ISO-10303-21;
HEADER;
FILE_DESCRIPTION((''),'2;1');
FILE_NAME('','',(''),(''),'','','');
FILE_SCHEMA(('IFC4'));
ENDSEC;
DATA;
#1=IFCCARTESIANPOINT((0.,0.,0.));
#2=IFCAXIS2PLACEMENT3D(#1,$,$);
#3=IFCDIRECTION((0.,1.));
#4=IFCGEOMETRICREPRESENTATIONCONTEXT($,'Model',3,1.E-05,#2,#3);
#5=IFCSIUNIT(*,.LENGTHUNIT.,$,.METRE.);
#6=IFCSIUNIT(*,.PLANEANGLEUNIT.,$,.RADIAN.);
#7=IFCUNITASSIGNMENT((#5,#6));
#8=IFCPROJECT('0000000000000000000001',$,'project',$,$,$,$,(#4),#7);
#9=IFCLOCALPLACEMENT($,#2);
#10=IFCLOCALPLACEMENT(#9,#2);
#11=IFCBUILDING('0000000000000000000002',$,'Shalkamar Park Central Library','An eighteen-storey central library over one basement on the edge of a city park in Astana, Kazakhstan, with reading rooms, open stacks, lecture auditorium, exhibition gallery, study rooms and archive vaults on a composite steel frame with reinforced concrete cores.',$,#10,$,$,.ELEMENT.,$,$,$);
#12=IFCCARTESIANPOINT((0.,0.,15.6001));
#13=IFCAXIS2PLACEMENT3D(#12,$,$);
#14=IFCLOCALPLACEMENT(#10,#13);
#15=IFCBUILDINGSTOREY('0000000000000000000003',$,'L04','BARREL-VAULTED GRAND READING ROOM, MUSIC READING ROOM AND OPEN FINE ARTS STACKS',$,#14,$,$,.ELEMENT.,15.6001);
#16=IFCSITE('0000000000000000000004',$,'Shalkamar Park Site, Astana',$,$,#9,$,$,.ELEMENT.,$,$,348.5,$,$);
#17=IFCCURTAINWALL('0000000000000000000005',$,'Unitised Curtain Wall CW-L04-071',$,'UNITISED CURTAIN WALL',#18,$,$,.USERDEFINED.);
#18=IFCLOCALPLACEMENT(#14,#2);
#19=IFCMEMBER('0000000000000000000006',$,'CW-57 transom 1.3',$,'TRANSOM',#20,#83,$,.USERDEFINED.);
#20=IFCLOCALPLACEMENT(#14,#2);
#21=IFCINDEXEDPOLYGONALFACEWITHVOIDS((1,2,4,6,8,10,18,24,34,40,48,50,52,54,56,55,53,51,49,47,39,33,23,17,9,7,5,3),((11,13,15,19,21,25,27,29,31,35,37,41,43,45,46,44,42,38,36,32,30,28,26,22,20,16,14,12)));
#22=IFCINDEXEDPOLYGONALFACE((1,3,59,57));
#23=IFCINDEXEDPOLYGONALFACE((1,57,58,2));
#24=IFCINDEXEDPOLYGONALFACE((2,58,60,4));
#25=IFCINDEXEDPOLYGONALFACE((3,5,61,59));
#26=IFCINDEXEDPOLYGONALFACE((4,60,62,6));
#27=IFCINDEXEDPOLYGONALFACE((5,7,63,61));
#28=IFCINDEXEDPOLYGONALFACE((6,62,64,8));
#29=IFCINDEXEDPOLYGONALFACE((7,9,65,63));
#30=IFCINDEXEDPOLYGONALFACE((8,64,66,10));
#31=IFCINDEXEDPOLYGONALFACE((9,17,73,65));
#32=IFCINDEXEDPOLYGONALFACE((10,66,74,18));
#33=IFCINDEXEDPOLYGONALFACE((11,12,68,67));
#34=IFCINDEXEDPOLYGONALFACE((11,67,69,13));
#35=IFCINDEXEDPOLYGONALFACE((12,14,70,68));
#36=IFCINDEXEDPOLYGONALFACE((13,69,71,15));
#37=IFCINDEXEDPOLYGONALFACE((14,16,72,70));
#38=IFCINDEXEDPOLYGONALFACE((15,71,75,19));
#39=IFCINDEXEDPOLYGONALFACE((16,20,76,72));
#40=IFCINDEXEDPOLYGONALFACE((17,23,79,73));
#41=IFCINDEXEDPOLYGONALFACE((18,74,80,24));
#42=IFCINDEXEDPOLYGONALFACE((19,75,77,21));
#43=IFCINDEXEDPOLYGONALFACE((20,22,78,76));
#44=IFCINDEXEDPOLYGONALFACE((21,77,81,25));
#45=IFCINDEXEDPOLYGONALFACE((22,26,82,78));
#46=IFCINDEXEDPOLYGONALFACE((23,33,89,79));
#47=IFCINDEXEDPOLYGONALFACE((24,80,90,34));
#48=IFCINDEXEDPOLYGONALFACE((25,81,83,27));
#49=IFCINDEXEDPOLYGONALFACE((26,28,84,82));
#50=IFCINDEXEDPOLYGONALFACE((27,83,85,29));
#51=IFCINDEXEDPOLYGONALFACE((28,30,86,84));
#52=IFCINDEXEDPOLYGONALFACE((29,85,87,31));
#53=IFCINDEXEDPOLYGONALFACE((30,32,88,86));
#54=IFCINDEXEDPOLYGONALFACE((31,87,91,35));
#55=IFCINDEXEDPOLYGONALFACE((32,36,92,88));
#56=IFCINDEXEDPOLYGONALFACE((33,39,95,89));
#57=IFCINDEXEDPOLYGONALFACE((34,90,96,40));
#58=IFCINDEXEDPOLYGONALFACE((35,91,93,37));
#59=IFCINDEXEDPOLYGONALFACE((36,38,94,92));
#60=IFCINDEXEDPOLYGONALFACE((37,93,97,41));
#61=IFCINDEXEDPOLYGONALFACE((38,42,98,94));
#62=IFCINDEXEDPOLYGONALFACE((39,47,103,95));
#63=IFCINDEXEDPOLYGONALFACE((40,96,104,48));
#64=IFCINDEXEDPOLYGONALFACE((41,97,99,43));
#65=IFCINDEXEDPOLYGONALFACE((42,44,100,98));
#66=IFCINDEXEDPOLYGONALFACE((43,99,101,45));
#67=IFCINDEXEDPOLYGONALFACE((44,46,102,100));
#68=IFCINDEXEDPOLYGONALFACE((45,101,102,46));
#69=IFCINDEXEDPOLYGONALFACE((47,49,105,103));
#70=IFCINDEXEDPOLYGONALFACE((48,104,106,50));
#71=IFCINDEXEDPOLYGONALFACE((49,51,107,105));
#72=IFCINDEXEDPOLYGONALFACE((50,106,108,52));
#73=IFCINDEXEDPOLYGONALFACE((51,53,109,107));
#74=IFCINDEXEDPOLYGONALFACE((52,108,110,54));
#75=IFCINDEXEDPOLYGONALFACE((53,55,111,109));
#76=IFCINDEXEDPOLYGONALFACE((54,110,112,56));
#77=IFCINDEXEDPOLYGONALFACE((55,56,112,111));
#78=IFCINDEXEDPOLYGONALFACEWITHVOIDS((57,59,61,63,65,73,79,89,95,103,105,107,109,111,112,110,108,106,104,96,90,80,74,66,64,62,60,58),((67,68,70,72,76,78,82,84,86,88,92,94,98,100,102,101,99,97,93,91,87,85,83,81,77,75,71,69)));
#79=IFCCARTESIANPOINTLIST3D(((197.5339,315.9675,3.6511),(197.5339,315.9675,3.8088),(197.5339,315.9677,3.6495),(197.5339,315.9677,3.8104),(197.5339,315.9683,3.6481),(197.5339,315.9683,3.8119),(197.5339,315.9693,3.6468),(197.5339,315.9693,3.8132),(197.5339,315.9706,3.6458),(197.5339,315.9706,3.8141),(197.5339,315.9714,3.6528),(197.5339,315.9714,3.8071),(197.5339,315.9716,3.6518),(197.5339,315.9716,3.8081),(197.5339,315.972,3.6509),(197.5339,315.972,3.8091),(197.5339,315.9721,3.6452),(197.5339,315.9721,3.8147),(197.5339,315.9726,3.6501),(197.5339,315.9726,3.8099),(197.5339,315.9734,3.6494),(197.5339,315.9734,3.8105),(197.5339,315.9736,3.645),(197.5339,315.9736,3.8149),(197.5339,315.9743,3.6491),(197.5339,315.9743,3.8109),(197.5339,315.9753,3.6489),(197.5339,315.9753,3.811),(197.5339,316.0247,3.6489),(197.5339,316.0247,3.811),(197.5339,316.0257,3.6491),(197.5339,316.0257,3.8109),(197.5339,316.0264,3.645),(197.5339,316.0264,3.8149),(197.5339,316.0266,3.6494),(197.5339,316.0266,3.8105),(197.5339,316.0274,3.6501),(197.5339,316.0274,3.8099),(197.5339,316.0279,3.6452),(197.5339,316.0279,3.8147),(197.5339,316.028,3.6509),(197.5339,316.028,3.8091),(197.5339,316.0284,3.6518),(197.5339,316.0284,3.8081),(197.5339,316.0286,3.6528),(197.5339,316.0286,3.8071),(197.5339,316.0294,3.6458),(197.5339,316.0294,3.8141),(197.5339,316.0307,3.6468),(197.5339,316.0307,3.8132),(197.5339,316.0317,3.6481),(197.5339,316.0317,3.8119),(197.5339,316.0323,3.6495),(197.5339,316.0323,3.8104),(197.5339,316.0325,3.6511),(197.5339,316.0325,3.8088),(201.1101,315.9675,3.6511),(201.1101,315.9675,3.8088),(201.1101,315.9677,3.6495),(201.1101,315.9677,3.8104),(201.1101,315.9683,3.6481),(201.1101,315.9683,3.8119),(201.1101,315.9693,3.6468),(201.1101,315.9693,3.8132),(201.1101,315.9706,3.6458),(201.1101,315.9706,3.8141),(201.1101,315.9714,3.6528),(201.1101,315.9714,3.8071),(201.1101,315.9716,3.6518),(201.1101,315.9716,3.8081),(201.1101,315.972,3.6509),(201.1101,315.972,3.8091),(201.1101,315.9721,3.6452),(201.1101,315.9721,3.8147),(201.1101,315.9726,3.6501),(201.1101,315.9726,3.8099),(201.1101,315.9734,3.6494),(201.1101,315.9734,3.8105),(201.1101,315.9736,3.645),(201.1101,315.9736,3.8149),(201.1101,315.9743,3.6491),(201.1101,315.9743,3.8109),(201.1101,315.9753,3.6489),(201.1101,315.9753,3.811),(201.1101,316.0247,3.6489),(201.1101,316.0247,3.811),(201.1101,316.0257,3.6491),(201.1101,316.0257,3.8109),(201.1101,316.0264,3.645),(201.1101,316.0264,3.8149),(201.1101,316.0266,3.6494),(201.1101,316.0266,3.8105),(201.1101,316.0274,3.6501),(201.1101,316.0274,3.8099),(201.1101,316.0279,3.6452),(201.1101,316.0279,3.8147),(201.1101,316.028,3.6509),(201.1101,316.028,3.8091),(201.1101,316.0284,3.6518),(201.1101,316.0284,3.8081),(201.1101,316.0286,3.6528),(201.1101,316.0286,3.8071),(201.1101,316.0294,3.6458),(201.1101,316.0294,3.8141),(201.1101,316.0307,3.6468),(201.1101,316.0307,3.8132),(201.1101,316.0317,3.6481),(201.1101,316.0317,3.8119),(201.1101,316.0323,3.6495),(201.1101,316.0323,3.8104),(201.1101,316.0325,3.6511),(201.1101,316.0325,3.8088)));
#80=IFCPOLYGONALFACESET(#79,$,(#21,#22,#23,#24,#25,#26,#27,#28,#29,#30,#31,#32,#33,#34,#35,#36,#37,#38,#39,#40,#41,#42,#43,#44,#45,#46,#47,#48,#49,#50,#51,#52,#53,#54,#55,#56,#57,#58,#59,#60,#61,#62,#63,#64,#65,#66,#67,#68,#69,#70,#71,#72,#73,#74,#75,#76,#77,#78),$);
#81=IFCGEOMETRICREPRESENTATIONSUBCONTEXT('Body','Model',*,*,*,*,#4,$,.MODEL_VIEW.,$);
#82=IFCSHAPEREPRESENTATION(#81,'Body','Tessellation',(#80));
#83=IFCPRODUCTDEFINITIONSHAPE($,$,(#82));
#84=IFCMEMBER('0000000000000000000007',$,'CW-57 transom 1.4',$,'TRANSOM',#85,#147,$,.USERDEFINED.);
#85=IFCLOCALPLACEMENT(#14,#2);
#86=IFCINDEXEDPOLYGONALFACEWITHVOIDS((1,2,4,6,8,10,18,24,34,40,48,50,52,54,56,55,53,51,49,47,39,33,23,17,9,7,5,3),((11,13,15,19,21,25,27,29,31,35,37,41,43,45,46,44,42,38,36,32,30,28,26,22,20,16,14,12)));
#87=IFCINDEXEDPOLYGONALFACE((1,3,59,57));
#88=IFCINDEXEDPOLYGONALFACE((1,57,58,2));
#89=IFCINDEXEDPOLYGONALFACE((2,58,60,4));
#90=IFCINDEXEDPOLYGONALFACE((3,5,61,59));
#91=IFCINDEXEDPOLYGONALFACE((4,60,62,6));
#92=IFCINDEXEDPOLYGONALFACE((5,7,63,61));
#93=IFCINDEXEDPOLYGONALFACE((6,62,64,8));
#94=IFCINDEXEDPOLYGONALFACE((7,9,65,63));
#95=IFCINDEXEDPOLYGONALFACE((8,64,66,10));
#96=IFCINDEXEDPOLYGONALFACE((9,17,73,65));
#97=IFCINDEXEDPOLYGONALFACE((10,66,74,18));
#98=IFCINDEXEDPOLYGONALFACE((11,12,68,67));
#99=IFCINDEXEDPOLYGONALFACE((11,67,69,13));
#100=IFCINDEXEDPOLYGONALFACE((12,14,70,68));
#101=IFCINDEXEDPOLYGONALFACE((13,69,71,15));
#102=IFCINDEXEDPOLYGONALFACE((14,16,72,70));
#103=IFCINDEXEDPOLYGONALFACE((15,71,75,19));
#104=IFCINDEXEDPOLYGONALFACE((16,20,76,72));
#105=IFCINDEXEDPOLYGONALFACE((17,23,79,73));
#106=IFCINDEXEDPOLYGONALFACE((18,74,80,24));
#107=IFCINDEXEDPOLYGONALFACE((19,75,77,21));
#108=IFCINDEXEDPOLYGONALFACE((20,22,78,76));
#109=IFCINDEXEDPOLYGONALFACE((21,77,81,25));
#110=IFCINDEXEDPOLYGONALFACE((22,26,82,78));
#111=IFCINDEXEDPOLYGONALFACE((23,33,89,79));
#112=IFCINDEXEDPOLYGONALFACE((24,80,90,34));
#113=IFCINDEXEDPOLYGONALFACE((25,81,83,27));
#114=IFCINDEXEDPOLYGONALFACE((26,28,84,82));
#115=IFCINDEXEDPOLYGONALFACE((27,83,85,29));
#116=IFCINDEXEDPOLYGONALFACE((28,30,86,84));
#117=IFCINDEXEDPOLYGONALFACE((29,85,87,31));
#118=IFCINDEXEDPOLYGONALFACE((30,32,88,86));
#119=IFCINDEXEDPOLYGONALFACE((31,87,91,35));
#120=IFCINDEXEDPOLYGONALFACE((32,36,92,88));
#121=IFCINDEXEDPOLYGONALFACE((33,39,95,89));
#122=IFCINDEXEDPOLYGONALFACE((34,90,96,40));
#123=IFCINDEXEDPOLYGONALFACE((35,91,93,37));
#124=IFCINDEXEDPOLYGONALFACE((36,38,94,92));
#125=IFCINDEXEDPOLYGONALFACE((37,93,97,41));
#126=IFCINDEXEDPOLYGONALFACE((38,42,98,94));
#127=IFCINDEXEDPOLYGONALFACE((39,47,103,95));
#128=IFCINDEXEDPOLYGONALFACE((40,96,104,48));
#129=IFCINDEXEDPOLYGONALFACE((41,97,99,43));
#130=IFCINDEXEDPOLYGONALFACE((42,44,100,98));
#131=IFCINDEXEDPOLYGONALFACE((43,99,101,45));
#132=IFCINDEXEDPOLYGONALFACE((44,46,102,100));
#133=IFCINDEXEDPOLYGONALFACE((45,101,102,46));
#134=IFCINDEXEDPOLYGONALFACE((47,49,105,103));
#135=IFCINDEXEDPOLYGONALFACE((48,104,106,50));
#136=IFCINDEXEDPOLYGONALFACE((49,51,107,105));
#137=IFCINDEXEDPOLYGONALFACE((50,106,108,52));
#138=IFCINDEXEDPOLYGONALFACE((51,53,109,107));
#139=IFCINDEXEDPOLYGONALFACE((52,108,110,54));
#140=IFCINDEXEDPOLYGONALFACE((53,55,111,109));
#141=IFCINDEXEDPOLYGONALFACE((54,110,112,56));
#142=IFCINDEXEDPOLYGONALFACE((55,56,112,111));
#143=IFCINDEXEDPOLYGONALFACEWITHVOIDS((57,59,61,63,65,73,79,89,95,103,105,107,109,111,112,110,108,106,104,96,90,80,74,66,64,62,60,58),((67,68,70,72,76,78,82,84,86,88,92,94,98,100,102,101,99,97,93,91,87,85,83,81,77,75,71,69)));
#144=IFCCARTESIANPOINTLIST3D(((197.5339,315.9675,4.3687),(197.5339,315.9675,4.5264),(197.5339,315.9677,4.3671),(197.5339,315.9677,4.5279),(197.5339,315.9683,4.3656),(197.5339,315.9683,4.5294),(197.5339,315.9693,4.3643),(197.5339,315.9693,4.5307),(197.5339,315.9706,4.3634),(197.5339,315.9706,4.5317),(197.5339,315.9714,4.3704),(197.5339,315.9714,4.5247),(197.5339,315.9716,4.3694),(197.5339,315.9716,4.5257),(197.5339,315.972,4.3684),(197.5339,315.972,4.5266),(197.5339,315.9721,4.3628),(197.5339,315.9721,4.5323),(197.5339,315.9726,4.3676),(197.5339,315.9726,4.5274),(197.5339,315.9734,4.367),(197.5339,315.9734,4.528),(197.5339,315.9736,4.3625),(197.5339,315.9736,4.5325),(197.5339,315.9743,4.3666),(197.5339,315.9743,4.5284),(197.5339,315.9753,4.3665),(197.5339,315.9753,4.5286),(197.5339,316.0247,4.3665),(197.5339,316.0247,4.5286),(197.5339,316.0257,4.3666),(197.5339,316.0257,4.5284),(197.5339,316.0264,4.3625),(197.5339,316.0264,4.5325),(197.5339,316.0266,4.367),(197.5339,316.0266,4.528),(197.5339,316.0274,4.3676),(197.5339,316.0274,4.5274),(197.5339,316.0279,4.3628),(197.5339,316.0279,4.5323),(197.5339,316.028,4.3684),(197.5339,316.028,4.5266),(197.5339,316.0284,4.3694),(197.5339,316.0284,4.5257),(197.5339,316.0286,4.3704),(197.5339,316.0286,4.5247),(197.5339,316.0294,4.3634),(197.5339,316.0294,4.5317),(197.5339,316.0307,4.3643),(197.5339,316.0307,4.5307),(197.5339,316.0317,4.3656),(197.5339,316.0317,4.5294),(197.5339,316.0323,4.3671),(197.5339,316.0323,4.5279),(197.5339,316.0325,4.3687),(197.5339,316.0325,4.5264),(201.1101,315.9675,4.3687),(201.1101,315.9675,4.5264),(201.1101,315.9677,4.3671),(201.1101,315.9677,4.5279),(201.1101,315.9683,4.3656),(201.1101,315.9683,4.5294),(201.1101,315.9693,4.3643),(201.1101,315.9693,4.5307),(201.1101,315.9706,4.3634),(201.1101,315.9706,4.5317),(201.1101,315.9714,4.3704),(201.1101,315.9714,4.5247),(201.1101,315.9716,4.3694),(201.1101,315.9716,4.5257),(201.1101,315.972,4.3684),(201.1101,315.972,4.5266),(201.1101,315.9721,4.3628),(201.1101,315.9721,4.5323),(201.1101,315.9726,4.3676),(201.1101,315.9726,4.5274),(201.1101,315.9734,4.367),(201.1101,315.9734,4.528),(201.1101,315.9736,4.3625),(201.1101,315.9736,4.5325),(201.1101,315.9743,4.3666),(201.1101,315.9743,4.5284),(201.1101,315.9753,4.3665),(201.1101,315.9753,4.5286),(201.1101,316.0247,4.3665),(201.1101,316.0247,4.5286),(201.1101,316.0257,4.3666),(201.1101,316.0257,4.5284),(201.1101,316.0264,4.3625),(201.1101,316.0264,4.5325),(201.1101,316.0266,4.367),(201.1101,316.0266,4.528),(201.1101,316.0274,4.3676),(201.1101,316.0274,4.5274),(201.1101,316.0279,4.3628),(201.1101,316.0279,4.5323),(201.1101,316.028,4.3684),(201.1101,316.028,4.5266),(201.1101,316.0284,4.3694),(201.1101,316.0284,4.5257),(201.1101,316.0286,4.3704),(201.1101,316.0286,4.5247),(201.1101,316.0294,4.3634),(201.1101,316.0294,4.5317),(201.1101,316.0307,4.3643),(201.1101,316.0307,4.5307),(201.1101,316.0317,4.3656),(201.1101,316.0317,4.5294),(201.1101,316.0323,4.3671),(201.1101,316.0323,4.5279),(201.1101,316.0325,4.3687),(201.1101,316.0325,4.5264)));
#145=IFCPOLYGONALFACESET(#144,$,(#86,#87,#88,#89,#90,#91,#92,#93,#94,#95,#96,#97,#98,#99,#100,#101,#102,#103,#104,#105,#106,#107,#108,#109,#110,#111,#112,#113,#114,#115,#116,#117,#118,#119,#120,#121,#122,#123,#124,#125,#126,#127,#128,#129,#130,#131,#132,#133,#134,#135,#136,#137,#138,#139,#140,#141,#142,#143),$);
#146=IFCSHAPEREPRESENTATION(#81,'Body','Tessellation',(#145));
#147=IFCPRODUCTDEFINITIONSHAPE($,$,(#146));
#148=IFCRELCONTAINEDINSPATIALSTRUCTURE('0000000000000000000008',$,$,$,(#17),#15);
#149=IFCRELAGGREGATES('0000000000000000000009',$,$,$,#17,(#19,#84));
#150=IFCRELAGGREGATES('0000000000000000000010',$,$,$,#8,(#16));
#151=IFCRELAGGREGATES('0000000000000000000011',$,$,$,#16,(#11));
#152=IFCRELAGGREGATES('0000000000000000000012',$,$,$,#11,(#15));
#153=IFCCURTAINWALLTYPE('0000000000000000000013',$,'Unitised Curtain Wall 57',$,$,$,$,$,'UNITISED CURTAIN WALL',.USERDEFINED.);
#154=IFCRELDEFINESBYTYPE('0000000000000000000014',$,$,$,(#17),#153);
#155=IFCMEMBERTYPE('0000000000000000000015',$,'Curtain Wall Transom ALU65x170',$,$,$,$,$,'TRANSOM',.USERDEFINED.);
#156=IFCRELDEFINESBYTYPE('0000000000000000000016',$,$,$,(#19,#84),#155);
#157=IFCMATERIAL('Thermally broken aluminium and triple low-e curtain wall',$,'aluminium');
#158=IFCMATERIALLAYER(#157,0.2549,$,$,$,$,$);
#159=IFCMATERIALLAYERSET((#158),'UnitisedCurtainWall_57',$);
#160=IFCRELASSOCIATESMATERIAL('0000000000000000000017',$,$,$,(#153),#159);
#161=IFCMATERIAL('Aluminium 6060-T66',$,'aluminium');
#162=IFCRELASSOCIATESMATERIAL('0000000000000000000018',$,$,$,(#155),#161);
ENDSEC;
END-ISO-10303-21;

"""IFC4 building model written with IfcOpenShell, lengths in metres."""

from ifc_helpers import new_model, si_unit, direction, frame, origin, origin_2d, place, context, subcontext, project, spatial, hollow_rectangle, extrude, material, layer, layer_set, material_profile, profile_set, type_object, element, aggregate, save


model = new_model("IFC4")

# Units and contexts
model_context = context("Model", 3, precision=1e-05, world=origin(), true_north=direction((0.0, 1.0)))
body_context = subcontext(model_context, "Body", "Model", "MODEL_VIEW")
ifc_project = project(units=[si_unit("LENGTHUNIT", "METRE"), si_unit("PLANEANGLEUNIT", "RADIAN")], contexts=[model_context])

# Site, building, storey
site_placement = place(None, origin())
site = spatial("IfcSite", under=ifc_project, at=site_placement, Name="Shalkamar Park Site, Astana", CompositionType="ELEMENT", RefElevation=348.5)
building_placement = place(site_placement, origin())
building = spatial("IfcBuilding", under=site, at=building_placement, Name="Shalkamar Park Central Library", Description="An eighteen-storey central library over one basement on the edge of a city park in Astana, Kazakhstan, with reading rooms, open stacks, lecture auditorium, exhibition gallery, study rooms and archive vaults on a composite steel frame with reinforced concrete cores.", CompositionType="ELEMENT")
storey_placement = place(building_placement, frame((0.0, 0.0, 15.6001)))
storey = spatial("IfcBuildingStorey", under=building, at=storey_placement, Name="L04", Description="BARREL-VAULTED GRAND READING ROOM, MUSIC READING ROOM AND OPEN FINE ARTS STACKS", CompositionType="ELEMENT", Elevation=15.6001)

# Curtain wall
ifc_material_1 = material(Name="Thermally broken aluminium and triple low-e curtain wall", Category="aluminium")
ifc_layer_1 = layer(ifc_material_1, 0.2549)
ifc_layer_set_1 = layer_set([ifc_layer_1], Name="UnitisedCurtainWall_57")
curtain_wall_type_1 = type_object("IfcCurtainWallType", Name="Unitised Curtain Wall 57", ElementType="UNITISED CURTAIN WALL", PredefinedType="USERDEFINED", material=ifc_layer_set_1)
curtain_wall_1_placement = place(storey_placement, origin())
curtain_wall_1 = element("IfcCurtainWall", 1, at=curtain_wall_1_placement, inside=storey, type_object=curtain_wall_type_1, Name="Unitised Curtain Wall CW-L04-071", ObjectType="UNITISED CURTAIN WALL", PredefinedType="USERDEFINED")
ifc_material_2 = material(Name="Aluminium 6060-T66", Category="aluminium")

# Members
ifc_material_profile_1 = material_profile(ifc_material_2, hollow_rectangle(XDim=0.0649, YDim=0.1699, WallThickness=0.0039, InnerFilletRadius=0.0039, OuterFilletRadius=0.0061, at=origin_2d()), Name="ALU 65x170x4")
ifc_profile_set_1 = profile_set([ifc_material_profile_1], Name="Aluminium 6060-T66")
member_type_1 = type_object("IfcMemberType", Name="Curtain Wall Transom ALU65x170", ElementType="TRANSOM", PredefinedType="USERDEFINED", material=ifc_profile_set_1)
member_1_placement = place(storey_placement, frame((197.5339, 316.0, 3.73), z_axis=(1.0, 0.0, 0.0), x_axis=(0.0, 1.0, 0.0)))
member_1 = element("IfcMember", 2, at=member_1_placement, type_object=member_type_1, Name="CW-57 transom 1.3", ObjectType="TRANSOM", PredefinedType="USERDEFINED", context=body_context, shape_type="SweptSolid", body=[
    extrude(hollow_rectangle(XDim=0.0649, YDim=0.1699, WallThickness=0.0039, InnerFilletRadius=0.0039, OuterFilletRadius=0.0061, at=origin_2d()), origin(), (0.0, 0.0, 1.0), 3.5762),
])
member_2_placement = place(storey_placement, frame((197.5339, 316.0, 4.4475), z_axis=(1.0, 0.0, 0.0), x_axis=(0.0, 1.0, 0.0)))
member_2 = element("IfcMember", 3, at=member_2_placement, type_object=member_type_1, Name="CW-57 transom 1.4", ObjectType="TRANSOM", PredefinedType="USERDEFINED", context=body_context, shape_type="SweptSolid", body=[
    extrude(hollow_rectangle(XDim=0.0649, YDim=0.1699, WallThickness=0.0039, InnerFilletRadius=0.0039, OuterFilletRadius=0.0061, at=origin_2d()), origin(), (0.0, 0.0, 1.0), 3.5762),
])

aggregate(curtain_wall_1, [member_1, member_2])

save(model, "model.ifc")
